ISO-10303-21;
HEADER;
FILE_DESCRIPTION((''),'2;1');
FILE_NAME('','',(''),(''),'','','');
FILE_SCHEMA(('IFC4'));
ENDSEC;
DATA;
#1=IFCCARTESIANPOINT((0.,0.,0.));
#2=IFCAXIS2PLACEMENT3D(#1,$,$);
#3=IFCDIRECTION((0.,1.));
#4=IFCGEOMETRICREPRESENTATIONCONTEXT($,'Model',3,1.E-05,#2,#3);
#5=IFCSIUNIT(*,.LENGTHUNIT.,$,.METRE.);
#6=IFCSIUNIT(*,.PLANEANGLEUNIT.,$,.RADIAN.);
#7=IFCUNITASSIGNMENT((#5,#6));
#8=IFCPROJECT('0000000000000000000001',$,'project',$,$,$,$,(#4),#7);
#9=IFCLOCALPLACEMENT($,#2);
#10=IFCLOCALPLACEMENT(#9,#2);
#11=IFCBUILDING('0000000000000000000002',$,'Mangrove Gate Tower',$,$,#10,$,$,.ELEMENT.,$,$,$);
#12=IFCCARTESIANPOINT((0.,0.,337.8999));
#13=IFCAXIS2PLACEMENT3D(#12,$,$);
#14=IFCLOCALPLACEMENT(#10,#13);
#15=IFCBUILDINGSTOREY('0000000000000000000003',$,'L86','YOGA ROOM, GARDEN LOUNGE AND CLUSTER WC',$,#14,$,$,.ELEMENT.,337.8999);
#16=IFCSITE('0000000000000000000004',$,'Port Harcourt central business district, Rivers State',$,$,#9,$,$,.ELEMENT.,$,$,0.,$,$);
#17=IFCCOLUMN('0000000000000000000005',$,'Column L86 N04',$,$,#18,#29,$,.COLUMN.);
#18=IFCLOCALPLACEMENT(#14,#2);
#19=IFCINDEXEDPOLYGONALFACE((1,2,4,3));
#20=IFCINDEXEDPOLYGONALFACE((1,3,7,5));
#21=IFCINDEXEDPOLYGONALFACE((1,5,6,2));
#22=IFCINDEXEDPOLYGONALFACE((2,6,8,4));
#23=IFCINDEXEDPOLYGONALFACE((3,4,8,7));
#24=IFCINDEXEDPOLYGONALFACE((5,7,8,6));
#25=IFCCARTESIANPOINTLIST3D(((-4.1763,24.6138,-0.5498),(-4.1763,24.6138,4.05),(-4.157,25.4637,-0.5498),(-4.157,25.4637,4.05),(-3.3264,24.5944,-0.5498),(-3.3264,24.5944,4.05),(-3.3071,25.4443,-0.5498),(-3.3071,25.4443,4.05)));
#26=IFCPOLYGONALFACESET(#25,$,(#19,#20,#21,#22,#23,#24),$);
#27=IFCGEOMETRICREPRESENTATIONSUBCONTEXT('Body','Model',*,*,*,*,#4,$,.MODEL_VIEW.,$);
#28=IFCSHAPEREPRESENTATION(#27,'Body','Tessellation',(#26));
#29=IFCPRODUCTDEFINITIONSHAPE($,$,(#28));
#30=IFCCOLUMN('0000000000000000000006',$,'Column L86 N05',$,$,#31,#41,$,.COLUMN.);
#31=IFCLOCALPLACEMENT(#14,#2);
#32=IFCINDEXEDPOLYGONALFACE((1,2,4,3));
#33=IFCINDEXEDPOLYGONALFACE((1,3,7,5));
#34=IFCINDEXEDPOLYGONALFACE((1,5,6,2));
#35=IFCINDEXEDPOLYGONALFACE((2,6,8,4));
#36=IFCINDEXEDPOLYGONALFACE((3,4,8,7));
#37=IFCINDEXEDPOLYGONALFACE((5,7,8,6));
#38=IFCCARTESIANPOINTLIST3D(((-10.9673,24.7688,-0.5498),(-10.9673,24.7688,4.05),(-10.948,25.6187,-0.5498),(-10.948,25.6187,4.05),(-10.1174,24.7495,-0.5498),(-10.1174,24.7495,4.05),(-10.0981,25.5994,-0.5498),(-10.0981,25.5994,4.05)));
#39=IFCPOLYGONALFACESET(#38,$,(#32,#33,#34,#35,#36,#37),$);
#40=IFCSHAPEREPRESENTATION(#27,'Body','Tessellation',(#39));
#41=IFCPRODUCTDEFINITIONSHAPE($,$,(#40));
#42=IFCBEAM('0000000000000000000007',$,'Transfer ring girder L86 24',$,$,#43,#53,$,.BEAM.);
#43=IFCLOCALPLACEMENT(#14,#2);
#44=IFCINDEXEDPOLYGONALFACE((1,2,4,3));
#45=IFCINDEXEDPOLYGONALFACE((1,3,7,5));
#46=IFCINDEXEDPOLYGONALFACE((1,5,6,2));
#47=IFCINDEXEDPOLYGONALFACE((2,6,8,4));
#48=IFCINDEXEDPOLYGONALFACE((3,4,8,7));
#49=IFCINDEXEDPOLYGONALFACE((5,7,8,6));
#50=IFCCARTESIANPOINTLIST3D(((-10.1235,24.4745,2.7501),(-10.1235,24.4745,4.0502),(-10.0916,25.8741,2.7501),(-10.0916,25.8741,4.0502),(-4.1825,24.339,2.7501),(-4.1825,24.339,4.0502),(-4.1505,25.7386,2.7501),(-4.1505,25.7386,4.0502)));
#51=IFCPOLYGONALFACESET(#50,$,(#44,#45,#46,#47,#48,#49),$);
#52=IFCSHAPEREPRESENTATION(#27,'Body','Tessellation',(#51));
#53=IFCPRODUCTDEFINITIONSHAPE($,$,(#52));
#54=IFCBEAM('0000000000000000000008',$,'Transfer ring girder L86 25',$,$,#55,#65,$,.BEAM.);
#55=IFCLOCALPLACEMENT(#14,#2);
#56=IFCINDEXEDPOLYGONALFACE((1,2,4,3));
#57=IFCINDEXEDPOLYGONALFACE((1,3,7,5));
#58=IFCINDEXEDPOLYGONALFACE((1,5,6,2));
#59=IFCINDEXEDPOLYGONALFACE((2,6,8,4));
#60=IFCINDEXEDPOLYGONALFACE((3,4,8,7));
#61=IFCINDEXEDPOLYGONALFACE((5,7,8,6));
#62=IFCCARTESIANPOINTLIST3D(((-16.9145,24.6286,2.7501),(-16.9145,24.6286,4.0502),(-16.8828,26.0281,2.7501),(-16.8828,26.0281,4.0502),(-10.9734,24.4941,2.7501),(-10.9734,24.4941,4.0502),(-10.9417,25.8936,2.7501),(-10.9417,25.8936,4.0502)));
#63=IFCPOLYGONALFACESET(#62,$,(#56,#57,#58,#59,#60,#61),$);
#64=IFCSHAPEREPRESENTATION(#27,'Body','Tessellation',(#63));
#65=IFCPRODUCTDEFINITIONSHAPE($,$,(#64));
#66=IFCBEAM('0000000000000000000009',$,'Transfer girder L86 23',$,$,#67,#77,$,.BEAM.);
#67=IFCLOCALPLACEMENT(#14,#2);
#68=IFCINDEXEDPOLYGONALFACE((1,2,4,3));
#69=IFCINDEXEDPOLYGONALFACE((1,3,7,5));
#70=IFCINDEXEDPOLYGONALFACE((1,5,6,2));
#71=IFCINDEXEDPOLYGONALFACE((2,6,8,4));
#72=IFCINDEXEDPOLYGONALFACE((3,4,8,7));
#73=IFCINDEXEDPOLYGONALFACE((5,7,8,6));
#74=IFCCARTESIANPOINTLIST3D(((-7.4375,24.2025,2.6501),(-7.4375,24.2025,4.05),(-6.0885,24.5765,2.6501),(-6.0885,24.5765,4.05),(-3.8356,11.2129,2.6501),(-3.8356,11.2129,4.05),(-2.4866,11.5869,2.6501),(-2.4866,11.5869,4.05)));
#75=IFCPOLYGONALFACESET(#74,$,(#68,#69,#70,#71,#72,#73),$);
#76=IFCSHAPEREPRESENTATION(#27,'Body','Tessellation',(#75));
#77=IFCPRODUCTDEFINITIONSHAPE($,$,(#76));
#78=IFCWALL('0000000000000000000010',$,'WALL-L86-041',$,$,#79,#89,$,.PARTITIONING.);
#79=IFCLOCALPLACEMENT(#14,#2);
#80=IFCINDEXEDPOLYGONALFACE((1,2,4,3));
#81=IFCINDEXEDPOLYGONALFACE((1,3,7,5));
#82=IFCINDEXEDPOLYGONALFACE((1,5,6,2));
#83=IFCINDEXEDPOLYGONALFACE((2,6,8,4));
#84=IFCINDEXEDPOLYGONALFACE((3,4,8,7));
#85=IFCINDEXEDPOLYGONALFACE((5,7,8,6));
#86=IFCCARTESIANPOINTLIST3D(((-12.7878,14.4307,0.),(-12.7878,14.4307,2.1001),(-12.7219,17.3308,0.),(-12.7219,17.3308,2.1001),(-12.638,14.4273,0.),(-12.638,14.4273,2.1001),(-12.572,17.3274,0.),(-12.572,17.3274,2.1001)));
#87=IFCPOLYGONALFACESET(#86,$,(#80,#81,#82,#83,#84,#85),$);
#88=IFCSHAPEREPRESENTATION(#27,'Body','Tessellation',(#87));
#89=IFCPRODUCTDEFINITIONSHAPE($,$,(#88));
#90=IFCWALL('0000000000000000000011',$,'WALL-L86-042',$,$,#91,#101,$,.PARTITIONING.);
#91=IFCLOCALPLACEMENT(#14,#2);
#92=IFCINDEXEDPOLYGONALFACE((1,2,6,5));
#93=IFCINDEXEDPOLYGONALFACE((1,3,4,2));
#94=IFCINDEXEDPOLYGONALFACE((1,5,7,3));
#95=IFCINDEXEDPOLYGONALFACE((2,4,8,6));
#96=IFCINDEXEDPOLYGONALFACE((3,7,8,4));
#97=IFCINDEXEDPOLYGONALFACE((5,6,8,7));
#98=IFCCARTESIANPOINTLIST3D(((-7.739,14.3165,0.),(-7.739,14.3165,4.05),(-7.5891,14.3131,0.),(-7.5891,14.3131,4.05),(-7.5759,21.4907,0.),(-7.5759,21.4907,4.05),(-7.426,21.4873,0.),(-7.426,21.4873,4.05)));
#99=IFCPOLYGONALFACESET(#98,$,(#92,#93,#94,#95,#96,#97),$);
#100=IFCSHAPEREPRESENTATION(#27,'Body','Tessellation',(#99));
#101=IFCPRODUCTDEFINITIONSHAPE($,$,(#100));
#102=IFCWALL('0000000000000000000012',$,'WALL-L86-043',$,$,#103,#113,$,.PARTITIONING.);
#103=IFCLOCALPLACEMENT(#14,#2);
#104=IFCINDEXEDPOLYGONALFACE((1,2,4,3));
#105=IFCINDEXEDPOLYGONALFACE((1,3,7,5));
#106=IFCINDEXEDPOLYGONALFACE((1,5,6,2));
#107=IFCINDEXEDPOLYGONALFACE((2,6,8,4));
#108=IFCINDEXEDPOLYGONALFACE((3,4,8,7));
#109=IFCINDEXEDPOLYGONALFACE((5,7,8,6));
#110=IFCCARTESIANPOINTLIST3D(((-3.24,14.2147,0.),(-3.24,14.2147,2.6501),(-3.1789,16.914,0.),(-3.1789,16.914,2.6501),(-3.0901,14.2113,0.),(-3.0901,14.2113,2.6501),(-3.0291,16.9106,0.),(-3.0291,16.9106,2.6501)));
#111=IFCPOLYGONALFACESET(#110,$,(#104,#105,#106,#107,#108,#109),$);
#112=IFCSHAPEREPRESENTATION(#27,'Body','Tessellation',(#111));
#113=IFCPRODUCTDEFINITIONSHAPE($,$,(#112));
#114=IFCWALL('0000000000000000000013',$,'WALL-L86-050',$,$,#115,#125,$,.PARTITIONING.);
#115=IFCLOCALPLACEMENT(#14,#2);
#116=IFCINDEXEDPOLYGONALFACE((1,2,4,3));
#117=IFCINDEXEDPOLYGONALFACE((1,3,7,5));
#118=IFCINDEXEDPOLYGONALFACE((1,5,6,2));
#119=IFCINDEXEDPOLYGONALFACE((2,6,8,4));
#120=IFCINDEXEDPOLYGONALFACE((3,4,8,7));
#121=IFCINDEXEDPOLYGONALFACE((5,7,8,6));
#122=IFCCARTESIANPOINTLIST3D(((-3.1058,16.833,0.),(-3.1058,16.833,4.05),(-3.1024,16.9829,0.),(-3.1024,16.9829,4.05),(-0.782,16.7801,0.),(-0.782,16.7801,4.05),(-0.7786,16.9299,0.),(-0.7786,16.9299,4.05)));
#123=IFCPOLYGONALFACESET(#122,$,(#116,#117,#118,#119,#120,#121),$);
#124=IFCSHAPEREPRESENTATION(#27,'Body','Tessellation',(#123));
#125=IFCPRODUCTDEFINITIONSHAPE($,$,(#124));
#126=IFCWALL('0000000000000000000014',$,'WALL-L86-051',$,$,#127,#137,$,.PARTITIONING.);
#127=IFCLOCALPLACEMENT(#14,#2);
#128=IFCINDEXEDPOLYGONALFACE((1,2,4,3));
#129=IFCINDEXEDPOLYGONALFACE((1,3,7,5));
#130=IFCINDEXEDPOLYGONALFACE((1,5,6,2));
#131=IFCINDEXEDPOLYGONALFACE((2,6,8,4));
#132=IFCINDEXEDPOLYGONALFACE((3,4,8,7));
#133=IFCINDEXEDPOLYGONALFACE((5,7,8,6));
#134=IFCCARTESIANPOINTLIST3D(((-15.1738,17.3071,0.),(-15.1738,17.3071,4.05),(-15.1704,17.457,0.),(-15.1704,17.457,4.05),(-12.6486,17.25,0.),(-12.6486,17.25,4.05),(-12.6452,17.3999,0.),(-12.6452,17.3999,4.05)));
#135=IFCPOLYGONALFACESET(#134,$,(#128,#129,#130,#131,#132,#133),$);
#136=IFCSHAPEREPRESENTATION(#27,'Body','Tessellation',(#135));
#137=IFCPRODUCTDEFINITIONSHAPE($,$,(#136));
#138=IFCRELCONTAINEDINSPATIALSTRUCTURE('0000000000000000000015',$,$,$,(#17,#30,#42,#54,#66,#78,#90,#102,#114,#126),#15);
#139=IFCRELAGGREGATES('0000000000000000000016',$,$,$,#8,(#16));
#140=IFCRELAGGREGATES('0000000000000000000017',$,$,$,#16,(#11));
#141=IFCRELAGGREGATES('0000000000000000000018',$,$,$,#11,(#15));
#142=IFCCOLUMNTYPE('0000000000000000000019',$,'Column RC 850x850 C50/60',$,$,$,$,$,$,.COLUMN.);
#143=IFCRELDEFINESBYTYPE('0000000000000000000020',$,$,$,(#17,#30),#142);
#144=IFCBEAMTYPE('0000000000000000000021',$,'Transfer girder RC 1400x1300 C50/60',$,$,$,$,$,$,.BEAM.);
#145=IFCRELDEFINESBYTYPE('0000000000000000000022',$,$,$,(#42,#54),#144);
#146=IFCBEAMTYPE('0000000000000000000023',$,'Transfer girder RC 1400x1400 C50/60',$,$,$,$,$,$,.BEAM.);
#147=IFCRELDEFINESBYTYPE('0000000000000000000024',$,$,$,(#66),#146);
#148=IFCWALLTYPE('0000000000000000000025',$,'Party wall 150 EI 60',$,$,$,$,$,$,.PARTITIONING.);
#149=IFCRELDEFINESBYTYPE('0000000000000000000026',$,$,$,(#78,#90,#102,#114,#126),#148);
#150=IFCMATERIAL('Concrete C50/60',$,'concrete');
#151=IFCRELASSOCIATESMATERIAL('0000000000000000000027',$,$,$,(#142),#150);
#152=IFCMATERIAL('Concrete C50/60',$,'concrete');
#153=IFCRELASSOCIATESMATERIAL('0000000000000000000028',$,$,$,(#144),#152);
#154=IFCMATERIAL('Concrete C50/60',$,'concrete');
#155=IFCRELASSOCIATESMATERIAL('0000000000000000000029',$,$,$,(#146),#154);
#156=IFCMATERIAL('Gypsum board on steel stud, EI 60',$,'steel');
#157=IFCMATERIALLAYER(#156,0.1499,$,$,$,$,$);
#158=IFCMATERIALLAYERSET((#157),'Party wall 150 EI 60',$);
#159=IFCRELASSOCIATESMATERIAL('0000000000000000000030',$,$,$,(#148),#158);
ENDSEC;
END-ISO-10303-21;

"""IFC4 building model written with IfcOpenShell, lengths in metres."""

from ifc_helpers import new_model, si_unit, direction, frame, frame_2d, origin, origin_2d, place, context, subcontext, project, spatial, rectangle, extrude, material, layer, layer_set, material_profile, profile_set, type_object, element, save


model = new_model("IFC4")

# Units and contexts
model_context = context("Model", 3, precision=1e-05, world=origin(), true_north=direction((0.0, 1.0)))
body_context = subcontext(model_context, "Body", "Model", "MODEL_VIEW")
ifc_project = project(units=[si_unit("LENGTHUNIT", "METRE"), si_unit("PLANEANGLEUNIT", "RADIAN")], contexts=[model_context])

# Site, building, storey
site_placement = place(None, origin())
site = spatial("IfcSite", under=ifc_project, at=site_placement, Name="Port Harcourt central business district, Rivers State", CompositionType="ELEMENT", RefElevation=0.0)
building_placement = place(site_placement, origin())
building = spatial("IfcBuilding", under=site, at=building_placement, Name="Mangrove Gate Tower", CompositionType="ELEMENT")
storey_placement = place(building_placement, frame((0.0, 0.0, 337.8999)))
storey = spatial("IfcBuildingStorey", under=building, at=storey_placement, Name="L86", Description="YOGA ROOM, GARDEN LOUNGE AND CLUSTER WC", CompositionType="ELEMENT", Elevation=337.8999)

# Columns
ifc_material_1 = material(Name="Concrete C50/60", Category="concrete")
ifc_material_profile_1 = material_profile(ifc_material_1, rectangle(XDim=0.8501, YDim=0.8501, at=origin_2d()))
ifc_profile_set_1 = profile_set([ifc_material_profile_1], Name="Concrete C50/60")
column_type = type_object("IfcColumnType", Name="Column RC 850x850 C50/60", PredefinedType="COLUMN", material=ifc_profile_set_1)
for number, where, z_axis, x_axis, name in (
    (1, (-3.7417, 25.0291, -0.5498), (0.0, 0.0, 1.0), (-0.999741, 0.022745, 0.0), "Column L86 N04"),
    (2, (-10.5327, 25.1841, -0.5498), (0.0, 0.0, 1.0), (-0.999741, 0.022745, 0.0), "Column L86 N05"),
):
    element("IfcColumn", number, at=place(storey_placement, frame(where, z_axis=z_axis, x_axis=x_axis)), inside=storey, type_object=column_type, Name=name, PredefinedType="COLUMN", context=body_context, shape_type="SweptSolid", body=[
        extrude(rectangle(XDim=0.8501, YDim=0.8501, at=origin_2d()), origin(), (0.0, 0.0, 1.0), 4.5999),
    ])

# Beams
ifc_material_2 = material(Name="Concrete C50/60", Category="concrete")
ifc_material_profile_2 = material_profile(ifc_material_2, rectangle(XDim=1.3999, YDim=1.3, at=origin_2d()))
ifc_profile_set_2 = profile_set([ifc_material_profile_2], Name="Concrete C50/60")
beam_type_1 = type_object("IfcBeamType", Name="Transfer girder RC 1400x1300 C50/60", PredefinedType="BEAM", material=ifc_profile_set_2)
for number, where, z_axis, x_axis, name in (
    (3, (-4.1665, 25.0388, 3.4001), (-0.99974, 0.022801, 0.0), (-0.022801, -0.99974, 0.0), "Transfer ring girder L86 24"),
    (4, (-10.9575, 25.1938, 3.4001), (-0.999744, 0.022636, 0.0), (-0.022636, -0.999744, 0.0), "Transfer ring girder L86 25"),
):
    element("IfcBeam", number, at=place(storey_placement, frame(where, z_axis=z_axis, x_axis=x_axis)), inside=storey, type_object=beam_type_1, Name=name, PredefinedType="BEAM", context=body_context, shape_type="SweptSolid", body=[
        extrude(rectangle(XDim=1.3999, YDim=1.3, at=origin_2d()), origin(), (0.0, 0.0, 1.0), 5.9426),
    ])
ifc_material_3 = material(Name="Concrete C50/60", Category="concrete")
ifc_material_profile_3 = material_profile(ifc_material_3, rectangle(XDim=1.3999, YDim=1.3999, at=origin_2d()))
ifc_profile_set_3 = profile_set([ifc_material_profile_3], Name="Concrete C50/60")
beam_type_2 = type_object("IfcBeamType", Name="Transfer girder RC 1400x1400 C50/60", PredefinedType="BEAM", material=ifc_profile_set_3)
beam_placement = place(storey_placement, frame((-3.1611, 11.3999, 3.3501), z_axis=(-0.267204, 0.96364, 0.0), x_axis=(-0.96364, -0.267204, 0.0)))
element("IfcBeam", 5, at=beam_placement, inside=storey, type_object=beam_type_2, Name="Transfer girder L86 23", PredefinedType="BEAM", context=body_context, shape_type="SweptSolid", body=[
    extrude(rectangle(XDim=1.3999, YDim=1.3999, at=origin_2d()), origin(), (0.0, 0.0, 1.0), 13.4797),
])

# Walls
ifc_material_4 = material(Name="Gypsum board on steel stud, EI 60", Category="steel")
ifc_layer = layer(ifc_material_4, 0.1499)
ifc_layer_set = layer_set([ifc_layer], Name="Party wall 150 EI 60")
wall_type = type_object("IfcWallType", Name="Party wall 150 EI 60", PredefinedType="PARTITIONING", material=ifc_layer_set)
wall_1_placement = place(storey_placement, frame((-12.7129, 14.429, 0.0), z_axis=(0.0, 0.0, 1.0), x_axis=(0.022723, 0.999742, 0.0)))
element("IfcWall", 6, at=wall_1_placement, inside=storey, type_object=wall_type, Name="WALL-L86-041", PredefinedType="PARTITIONING", context=body_context, shape_type="SweptSolid", body=[
    extrude(rectangle(XDim=2.9009, YDim=0.1499, at=frame_2d((1.4504, 0.0))), origin(), (0.0, 0.0, 1.0), 2.1001),
])
wall_2_placement = place(storey_placement, frame((-7.6641, 14.3149, 0.0), z_axis=(0.0, 0.0, 1.0), x_axis=(0.022727, 0.999742, 0.0)))
element("IfcWall", 7, at=wall_2_placement, inside=storey, type_object=wall_type, Name="WALL-L86-042", PredefinedType="PARTITIONING", context=body_context, shape_type="SweptSolid", body=[
    extrude(rectangle(XDim=7.176, YDim=0.1499, at=frame_2d((3.5879, 0.0))), origin(), (0.0, 0.0, 1.0), 4.05),
])
wall_3_placement = place(storey_placement, frame((-3.165, 14.2129, 0.0), z_axis=(0.0, 0.0, 1.0), x_axis=(0.022606, 0.999744, 0.0)))
element("IfcWall", 8, at=wall_3_placement, inside=storey, type_object=wall_type, Name="WALL-L86-043", PredefinedType="PARTITIONING", context=body_context, shape_type="SweptSolid", body=[
    extrude(rectangle(XDim=2.7, YDim=0.1499, at=frame_2d((1.3501, 0.0))), origin(), (0.0, 0.0, 1.0), 2.6501),
])
wall_4_placement = place(storey_placement, frame((-3.104, 16.908, 0.0), z_axis=(0.0, 0.0, 1.0), x_axis=(0.99974, -0.022791, 0.0)))
element("IfcWall", 9, at=wall_4_placement, inside=storey, type_object=wall_type, Name="WALL-L86-050", PredefinedType="PARTITIONING", context=body_context, shape_type="SweptSolid", body=[
    extrude(rectangle(XDim=2.3245, YDim=0.1499, at=frame_2d((1.1621, 0.0))), origin(), (0.0, 0.0, 1.0), 4.05),
])
wall_5_placement = place(storey_placement, frame((-15.1721, 17.3821, 0.0), z_axis=(0.0, 0.0, 1.0), x_axis=(0.999744, -0.022618, 0.0)))
element("IfcWall", 10, at=wall_5_placement, inside=storey, type_object=wall_type, Name="WALL-L86-051", PredefinedType="PARTITIONING", context=body_context, shape_type="SweptSolid", body=[
    extrude(rectangle(XDim=2.5259, YDim=0.1499, at=frame_2d((1.2629, 0.0))), origin(), (0.0, 0.0, 1.0), 4.05),
])

save(model, "model.ifc")
